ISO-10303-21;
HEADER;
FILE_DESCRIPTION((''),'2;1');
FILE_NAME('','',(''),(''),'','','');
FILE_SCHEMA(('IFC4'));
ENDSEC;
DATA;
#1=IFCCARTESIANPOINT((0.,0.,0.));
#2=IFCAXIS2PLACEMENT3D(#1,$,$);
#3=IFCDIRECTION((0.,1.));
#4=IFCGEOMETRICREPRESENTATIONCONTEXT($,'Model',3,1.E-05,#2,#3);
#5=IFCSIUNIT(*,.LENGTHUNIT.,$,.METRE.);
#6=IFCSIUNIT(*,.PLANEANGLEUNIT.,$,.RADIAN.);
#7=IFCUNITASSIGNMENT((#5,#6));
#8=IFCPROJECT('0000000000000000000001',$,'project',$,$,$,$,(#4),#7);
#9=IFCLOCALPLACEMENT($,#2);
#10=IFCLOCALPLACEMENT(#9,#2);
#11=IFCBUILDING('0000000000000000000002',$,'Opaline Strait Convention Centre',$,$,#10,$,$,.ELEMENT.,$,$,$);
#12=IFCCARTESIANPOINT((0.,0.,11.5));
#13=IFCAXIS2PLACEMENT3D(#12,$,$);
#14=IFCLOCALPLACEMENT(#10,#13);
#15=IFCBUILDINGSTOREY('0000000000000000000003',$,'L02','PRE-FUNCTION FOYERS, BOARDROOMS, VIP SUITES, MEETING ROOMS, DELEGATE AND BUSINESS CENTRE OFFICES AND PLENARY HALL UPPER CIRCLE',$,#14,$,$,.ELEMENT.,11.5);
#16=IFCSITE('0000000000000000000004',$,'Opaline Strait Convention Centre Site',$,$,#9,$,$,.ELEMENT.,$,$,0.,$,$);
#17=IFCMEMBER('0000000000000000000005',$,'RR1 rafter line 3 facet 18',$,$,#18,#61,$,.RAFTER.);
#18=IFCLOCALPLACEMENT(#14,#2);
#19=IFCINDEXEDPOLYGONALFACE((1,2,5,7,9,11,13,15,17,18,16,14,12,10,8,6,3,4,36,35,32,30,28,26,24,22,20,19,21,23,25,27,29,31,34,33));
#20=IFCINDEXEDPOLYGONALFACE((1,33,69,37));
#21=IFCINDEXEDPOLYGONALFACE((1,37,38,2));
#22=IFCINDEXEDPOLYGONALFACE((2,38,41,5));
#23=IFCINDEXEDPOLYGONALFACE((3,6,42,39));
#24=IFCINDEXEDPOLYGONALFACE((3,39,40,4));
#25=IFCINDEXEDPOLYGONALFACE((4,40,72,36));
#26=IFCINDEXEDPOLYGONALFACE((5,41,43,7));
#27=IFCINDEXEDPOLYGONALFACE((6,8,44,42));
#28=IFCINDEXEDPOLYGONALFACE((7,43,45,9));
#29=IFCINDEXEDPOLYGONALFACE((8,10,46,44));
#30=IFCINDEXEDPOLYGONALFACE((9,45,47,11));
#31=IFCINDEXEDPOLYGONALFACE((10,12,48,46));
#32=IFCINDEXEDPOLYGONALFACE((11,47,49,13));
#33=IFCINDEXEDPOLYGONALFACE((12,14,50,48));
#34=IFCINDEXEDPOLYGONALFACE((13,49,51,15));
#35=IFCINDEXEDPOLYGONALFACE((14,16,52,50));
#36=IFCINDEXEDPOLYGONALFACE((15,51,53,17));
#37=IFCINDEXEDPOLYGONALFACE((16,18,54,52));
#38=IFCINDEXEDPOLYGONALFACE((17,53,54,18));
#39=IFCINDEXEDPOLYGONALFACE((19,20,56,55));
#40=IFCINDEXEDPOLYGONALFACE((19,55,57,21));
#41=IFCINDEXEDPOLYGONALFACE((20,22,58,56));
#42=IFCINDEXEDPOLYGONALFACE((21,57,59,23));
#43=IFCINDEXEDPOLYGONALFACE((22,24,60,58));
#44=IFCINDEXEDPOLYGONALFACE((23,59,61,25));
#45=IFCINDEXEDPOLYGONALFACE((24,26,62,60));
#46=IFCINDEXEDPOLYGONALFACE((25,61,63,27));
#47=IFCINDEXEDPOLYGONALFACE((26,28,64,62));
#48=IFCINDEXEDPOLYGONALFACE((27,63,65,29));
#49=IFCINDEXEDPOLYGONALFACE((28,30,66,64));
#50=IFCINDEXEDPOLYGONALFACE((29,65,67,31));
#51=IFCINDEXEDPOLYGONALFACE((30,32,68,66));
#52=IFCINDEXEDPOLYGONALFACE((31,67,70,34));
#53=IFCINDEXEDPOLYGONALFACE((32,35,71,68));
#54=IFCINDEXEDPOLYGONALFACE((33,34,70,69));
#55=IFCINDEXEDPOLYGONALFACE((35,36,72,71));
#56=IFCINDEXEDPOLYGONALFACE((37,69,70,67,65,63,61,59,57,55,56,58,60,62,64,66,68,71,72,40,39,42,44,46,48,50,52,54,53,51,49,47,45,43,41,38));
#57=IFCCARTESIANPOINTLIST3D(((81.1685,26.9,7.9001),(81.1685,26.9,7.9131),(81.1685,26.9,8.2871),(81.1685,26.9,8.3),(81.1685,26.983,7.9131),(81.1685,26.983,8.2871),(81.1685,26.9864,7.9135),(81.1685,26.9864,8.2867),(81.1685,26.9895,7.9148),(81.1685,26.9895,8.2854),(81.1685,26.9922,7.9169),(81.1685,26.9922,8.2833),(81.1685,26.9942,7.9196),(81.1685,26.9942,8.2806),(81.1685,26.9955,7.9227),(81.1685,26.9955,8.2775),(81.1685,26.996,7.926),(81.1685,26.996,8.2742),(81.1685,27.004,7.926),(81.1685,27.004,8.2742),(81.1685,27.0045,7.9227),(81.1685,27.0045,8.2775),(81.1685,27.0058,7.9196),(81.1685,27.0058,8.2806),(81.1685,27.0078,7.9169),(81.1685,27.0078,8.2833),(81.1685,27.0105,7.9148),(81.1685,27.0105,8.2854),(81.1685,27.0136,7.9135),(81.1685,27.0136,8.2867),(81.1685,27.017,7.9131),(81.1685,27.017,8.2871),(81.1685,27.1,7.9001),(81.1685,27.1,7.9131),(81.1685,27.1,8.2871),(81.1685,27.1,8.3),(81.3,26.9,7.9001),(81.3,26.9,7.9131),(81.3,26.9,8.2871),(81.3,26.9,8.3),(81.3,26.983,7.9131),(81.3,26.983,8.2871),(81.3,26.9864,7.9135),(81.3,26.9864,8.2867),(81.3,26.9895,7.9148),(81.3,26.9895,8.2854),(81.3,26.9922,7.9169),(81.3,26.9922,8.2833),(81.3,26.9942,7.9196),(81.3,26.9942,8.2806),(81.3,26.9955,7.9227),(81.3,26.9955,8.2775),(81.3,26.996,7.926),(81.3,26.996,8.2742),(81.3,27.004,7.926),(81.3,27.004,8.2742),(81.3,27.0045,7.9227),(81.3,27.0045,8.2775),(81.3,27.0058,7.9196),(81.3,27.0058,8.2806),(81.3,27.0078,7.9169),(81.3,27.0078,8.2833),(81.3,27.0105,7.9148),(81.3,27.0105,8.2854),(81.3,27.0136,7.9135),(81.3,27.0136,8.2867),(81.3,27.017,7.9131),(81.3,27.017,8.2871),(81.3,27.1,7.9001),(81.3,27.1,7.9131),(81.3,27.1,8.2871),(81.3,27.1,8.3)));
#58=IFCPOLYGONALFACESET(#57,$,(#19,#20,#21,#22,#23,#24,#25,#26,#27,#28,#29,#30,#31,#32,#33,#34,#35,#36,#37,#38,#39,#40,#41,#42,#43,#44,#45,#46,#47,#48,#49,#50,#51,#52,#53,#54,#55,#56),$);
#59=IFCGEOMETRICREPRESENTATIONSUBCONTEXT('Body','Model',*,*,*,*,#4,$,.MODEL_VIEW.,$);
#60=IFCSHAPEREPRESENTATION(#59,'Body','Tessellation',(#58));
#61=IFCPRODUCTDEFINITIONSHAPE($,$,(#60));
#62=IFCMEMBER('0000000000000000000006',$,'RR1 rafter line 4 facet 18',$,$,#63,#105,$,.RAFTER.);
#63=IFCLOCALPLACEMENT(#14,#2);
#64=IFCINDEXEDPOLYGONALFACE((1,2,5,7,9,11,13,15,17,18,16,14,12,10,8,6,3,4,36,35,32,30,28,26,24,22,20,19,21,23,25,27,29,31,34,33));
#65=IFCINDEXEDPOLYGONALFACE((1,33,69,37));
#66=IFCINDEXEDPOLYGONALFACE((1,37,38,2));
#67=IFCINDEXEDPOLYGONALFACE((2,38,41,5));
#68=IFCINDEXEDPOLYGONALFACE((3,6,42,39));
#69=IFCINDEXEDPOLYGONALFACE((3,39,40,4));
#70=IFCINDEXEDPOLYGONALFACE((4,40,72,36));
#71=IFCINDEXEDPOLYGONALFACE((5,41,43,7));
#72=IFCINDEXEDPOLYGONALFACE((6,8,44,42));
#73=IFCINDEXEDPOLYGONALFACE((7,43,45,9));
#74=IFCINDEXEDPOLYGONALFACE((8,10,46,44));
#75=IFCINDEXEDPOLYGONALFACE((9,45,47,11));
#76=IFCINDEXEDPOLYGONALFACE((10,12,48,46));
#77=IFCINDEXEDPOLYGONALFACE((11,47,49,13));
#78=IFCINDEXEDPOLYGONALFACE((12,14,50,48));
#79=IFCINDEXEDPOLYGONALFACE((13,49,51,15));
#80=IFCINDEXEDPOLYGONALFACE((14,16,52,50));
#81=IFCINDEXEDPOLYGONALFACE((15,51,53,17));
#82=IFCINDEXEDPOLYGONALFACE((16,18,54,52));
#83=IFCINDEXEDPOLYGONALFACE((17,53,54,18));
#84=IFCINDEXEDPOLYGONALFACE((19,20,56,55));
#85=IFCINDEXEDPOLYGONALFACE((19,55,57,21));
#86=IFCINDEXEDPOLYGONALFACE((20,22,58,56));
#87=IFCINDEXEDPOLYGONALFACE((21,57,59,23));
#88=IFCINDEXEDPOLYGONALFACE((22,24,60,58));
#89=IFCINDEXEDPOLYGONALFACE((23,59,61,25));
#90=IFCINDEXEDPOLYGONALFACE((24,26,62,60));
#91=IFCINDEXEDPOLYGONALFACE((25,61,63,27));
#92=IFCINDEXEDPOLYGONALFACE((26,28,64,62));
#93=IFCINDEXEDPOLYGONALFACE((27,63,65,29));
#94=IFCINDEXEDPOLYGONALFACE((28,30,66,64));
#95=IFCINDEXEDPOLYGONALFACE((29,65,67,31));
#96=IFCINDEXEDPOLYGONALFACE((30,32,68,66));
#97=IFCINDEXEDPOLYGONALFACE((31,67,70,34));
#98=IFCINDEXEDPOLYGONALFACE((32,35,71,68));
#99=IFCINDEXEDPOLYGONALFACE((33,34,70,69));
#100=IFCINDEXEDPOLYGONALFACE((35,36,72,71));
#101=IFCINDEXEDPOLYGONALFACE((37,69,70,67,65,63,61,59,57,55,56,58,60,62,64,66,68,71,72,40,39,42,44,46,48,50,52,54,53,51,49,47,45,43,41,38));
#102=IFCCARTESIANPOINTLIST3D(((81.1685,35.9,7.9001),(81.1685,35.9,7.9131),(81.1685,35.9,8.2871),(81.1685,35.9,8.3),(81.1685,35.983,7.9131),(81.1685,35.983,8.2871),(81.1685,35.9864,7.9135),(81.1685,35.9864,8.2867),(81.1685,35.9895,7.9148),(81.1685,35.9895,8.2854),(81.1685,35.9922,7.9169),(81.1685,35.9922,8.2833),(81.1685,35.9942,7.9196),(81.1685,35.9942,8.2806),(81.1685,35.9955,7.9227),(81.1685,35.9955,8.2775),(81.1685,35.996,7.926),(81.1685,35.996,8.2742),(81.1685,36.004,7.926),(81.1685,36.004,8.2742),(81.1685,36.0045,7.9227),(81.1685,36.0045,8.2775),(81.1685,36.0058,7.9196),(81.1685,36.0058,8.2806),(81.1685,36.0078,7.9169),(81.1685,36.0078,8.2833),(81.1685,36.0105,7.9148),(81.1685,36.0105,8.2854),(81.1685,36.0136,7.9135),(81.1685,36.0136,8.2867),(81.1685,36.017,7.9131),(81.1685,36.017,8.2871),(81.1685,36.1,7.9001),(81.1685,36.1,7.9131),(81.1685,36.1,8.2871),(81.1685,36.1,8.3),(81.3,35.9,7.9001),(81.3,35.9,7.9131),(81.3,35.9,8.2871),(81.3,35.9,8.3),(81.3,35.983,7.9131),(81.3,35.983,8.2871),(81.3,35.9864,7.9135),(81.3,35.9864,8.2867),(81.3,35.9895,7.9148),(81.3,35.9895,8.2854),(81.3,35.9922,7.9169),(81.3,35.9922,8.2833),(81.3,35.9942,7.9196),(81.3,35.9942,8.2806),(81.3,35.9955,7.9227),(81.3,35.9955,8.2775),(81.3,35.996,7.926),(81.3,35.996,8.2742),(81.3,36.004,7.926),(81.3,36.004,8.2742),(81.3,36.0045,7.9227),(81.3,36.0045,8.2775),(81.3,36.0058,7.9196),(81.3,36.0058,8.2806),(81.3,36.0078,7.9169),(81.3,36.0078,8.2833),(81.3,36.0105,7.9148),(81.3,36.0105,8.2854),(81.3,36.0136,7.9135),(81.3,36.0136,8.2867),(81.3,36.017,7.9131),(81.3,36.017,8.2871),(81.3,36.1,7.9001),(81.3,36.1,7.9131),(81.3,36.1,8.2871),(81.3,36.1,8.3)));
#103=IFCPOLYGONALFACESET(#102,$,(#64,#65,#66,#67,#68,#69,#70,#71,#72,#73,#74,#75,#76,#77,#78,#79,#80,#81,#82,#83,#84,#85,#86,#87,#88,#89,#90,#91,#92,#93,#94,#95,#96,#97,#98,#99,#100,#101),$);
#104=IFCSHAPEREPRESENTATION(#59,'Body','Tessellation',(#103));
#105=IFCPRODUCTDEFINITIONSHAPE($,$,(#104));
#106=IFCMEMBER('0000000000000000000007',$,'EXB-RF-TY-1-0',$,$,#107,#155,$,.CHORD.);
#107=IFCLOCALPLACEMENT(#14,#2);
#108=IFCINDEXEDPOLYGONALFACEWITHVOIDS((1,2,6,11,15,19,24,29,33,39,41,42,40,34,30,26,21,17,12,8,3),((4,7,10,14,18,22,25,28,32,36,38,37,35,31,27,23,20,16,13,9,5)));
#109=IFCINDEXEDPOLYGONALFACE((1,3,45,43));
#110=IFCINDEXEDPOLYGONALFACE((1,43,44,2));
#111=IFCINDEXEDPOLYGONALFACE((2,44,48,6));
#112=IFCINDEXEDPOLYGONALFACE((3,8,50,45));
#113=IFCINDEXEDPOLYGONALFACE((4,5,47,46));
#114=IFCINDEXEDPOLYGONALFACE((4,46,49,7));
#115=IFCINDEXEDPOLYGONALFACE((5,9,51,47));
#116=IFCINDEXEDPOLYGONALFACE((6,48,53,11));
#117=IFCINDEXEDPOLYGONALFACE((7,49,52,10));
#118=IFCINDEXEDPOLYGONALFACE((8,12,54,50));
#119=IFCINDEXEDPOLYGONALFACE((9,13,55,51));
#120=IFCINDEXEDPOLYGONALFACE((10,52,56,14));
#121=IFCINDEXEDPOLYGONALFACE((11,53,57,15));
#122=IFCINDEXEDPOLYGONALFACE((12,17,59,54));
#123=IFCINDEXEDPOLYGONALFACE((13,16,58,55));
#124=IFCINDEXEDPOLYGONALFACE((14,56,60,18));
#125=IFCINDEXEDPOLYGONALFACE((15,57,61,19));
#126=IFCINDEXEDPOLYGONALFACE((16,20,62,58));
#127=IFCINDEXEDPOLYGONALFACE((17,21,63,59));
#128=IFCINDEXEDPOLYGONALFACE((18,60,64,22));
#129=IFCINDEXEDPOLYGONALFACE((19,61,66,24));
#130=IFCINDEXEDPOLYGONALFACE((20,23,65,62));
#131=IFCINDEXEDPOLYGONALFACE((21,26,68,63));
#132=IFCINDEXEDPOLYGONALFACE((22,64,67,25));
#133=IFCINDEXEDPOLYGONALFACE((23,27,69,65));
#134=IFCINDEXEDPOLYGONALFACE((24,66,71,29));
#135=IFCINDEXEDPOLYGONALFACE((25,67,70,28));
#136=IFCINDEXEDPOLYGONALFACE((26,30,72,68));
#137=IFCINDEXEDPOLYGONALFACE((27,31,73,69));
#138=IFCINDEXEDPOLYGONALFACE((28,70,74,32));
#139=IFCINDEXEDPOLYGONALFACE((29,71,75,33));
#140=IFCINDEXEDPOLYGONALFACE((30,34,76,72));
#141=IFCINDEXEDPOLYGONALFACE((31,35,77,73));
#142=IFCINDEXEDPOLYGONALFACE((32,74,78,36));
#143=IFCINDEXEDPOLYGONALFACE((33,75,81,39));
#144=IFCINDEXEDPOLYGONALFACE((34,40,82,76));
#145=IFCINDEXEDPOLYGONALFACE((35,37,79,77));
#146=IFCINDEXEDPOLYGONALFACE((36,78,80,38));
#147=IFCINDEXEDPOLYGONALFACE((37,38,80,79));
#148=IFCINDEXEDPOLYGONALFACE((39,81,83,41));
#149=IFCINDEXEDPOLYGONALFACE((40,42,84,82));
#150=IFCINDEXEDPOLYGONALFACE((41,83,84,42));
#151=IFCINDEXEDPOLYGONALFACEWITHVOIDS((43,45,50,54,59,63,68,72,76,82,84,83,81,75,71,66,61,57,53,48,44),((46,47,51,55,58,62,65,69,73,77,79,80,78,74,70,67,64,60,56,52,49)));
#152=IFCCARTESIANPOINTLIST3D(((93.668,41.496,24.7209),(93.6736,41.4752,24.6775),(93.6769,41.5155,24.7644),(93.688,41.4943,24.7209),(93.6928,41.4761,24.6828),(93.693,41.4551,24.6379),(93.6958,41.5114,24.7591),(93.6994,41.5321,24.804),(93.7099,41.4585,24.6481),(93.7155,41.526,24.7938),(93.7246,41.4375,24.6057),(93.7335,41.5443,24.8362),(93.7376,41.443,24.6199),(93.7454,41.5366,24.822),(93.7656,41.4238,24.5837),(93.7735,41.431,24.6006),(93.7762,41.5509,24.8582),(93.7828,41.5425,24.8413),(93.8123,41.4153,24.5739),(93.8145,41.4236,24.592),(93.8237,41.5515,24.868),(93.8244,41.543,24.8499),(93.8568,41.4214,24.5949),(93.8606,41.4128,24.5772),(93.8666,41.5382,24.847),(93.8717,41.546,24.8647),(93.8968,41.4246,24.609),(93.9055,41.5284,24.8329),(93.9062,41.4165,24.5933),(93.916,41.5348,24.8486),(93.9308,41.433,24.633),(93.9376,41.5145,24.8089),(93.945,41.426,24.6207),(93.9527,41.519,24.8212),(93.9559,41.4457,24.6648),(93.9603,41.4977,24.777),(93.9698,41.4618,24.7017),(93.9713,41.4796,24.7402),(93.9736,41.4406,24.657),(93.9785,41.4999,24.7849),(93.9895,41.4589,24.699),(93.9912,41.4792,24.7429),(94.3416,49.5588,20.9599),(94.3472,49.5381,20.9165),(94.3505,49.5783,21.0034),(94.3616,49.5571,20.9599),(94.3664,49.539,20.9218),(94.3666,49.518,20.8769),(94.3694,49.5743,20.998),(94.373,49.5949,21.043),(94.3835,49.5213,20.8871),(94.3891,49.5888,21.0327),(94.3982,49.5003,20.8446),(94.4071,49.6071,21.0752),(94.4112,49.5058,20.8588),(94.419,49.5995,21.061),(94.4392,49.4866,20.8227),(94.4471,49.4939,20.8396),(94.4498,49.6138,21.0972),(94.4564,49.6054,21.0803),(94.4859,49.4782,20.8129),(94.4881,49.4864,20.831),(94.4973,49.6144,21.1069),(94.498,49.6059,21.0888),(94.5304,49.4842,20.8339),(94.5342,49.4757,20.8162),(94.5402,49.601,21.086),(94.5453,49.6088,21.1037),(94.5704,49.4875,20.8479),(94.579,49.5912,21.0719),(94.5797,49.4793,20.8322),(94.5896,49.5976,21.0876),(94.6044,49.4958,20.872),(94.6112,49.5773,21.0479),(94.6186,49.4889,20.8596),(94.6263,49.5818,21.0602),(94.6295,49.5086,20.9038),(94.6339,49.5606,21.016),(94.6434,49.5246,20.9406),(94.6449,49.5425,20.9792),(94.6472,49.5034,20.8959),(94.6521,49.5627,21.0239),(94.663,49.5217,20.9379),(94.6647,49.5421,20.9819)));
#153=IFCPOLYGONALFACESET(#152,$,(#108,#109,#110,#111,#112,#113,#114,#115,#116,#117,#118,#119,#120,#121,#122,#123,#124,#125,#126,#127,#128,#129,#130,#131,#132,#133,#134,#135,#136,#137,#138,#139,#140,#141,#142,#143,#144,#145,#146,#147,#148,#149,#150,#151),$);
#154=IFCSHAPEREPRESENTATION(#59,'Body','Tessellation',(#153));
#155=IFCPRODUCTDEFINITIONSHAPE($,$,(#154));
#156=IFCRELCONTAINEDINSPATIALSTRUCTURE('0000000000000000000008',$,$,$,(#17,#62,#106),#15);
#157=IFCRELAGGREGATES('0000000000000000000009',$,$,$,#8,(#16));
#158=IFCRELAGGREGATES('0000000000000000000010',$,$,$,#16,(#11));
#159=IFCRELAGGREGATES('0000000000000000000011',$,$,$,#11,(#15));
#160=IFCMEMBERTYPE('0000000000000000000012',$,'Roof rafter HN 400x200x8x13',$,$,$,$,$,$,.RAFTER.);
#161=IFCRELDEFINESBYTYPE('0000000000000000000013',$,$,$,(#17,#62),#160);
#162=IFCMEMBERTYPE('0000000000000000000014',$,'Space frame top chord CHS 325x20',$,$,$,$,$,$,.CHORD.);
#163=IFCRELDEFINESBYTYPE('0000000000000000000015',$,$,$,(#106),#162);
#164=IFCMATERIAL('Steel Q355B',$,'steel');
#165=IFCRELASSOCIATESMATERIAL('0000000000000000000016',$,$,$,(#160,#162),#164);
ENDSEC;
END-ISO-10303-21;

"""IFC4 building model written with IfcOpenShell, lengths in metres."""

from ifc_helpers import new_model, si_unit, direction, frame, origin, origin_2d, place, context, subcontext, project, spatial, hollow_circle, i_section, extrude, material, material_profile, profile_set, type_object, element, save


model = new_model("IFC4")

# Units and contexts
model_context = context("Model", 3, precision=1e-05, world=origin(), true_north=direction((0.0, 1.0)))
body_context = subcontext(model_context, "Body", "Model", "MODEL_VIEW")
ifc_project = project(units=[si_unit("LENGTHUNIT", "METRE"), si_unit("PLANEANGLEUNIT", "RADIAN")], contexts=[model_context])

# Site, building, storey
site_placement = place(None, origin())
site = spatial("IfcSite", under=ifc_project, at=site_placement, Name="Opaline Strait Convention Centre Site", CompositionType="ELEMENT", RefElevation=0.0)
building_placement = place(site_placement, origin())
building = spatial("IfcBuilding", under=site, at=building_placement, Name="Opaline Strait Convention Centre", CompositionType="ELEMENT")
storey_placement = place(building_placement, frame((0.0, 0.0, 11.5)))
storey = spatial("IfcBuildingStorey", under=building, at=storey_placement, Name="L02", Description="PRE-FUNCTION FOYERS, BOARDROOMS, VIP SUITES, MEETING ROOMS, DELEGATE AND BUSINESS CENTRE OFFICES AND PLENARY HALL UPPER CIRCLE", CompositionType="ELEMENT", Elevation=11.5)

# Shared definitions
ifc_material_1 = material(Name="Steel Q355B", Category="steel")

# Members
ifc_material_profile_1 = material_profile(ifc_material_1, i_section(OverallWidth=0.2, OverallDepth=0.3999, WebThickness=0.0081, FlangeThickness=0.0129, FilletRadius=0.0129, at=origin_2d()), Name="HN 400x200x8x13")
ifc_profile_set_1 = profile_set([ifc_material_profile_1], Name="Steel Q355B")
member_type_1 = type_object("IfcMemberType", Name="Roof rafter HN 400x200x8x13", PredefinedType="RAFTER", material=ifc_profile_set_1)
for number, where, z_axis, x_axis, name in (
    (1, (81.1685, 27.0, 8.1001), (1.0, 0.0, 0.0), (0.0, 1.0, 0.0), "RR1 rafter line 3 facet 18"),
    (2, (81.1685, 36.0, 8.1001), (1.0, 0.0, 0.0), (0.0, 1.0, 0.0), "RR1 rafter line 4 facet 18"),
):
    element("IfcMember", number, at=place(storey_placement, frame(where, z_axis=z_axis, x_axis=x_axis)), inside=storey, type_object=member_type_1, Name=name, PredefinedType="RAFTER", context=body_context, shape_type="SweptSolid", body=[
        extrude(i_section(OverallWidth=0.2, OverallDepth=0.3999, WebThickness=0.0081, FlangeThickness=0.0129, FilletRadius=0.0129, at=origin_2d()), origin(), (0.0, 0.0, 1.0), 0.1316),
    ])
ifc_material_profile_2 = material_profile(ifc_material_1, hollow_circle(Radius=0.1626, WallThickness=0.02, at=origin_2d()), Name="CHS 325x20")
ifc_profile_set_2 = profile_set([ifc_material_profile_2], Name="Steel Q355B")
member_type_2 = type_object("IfcMemberType", Name="Space frame top chord CHS 325x20", PredefinedType="CHORD", material=ifc_profile_set_2)
member_1_placement = place(storey_placement, frame((93.8301, 41.4824, 24.7209), z_axis=(0.075495, 0.903667, -0.421529), x_axis=(-0.996528, 0.083253, 0.0)))
element("IfcMember", 3, at=member_1_placement, inside=storey, type_object=member_type_2, Name="EXB-RF-TY-1-0", PredefinedType="CHORD", context=body_context, shape_type="SweptSolid", body=[
    extrude(hollow_circle(Radius=0.1626, WallThickness=0.02, at=origin_2d()), origin(), (0.0, 0.0, 1.0), 8.9224),
])

save(model, "model.ifc")
